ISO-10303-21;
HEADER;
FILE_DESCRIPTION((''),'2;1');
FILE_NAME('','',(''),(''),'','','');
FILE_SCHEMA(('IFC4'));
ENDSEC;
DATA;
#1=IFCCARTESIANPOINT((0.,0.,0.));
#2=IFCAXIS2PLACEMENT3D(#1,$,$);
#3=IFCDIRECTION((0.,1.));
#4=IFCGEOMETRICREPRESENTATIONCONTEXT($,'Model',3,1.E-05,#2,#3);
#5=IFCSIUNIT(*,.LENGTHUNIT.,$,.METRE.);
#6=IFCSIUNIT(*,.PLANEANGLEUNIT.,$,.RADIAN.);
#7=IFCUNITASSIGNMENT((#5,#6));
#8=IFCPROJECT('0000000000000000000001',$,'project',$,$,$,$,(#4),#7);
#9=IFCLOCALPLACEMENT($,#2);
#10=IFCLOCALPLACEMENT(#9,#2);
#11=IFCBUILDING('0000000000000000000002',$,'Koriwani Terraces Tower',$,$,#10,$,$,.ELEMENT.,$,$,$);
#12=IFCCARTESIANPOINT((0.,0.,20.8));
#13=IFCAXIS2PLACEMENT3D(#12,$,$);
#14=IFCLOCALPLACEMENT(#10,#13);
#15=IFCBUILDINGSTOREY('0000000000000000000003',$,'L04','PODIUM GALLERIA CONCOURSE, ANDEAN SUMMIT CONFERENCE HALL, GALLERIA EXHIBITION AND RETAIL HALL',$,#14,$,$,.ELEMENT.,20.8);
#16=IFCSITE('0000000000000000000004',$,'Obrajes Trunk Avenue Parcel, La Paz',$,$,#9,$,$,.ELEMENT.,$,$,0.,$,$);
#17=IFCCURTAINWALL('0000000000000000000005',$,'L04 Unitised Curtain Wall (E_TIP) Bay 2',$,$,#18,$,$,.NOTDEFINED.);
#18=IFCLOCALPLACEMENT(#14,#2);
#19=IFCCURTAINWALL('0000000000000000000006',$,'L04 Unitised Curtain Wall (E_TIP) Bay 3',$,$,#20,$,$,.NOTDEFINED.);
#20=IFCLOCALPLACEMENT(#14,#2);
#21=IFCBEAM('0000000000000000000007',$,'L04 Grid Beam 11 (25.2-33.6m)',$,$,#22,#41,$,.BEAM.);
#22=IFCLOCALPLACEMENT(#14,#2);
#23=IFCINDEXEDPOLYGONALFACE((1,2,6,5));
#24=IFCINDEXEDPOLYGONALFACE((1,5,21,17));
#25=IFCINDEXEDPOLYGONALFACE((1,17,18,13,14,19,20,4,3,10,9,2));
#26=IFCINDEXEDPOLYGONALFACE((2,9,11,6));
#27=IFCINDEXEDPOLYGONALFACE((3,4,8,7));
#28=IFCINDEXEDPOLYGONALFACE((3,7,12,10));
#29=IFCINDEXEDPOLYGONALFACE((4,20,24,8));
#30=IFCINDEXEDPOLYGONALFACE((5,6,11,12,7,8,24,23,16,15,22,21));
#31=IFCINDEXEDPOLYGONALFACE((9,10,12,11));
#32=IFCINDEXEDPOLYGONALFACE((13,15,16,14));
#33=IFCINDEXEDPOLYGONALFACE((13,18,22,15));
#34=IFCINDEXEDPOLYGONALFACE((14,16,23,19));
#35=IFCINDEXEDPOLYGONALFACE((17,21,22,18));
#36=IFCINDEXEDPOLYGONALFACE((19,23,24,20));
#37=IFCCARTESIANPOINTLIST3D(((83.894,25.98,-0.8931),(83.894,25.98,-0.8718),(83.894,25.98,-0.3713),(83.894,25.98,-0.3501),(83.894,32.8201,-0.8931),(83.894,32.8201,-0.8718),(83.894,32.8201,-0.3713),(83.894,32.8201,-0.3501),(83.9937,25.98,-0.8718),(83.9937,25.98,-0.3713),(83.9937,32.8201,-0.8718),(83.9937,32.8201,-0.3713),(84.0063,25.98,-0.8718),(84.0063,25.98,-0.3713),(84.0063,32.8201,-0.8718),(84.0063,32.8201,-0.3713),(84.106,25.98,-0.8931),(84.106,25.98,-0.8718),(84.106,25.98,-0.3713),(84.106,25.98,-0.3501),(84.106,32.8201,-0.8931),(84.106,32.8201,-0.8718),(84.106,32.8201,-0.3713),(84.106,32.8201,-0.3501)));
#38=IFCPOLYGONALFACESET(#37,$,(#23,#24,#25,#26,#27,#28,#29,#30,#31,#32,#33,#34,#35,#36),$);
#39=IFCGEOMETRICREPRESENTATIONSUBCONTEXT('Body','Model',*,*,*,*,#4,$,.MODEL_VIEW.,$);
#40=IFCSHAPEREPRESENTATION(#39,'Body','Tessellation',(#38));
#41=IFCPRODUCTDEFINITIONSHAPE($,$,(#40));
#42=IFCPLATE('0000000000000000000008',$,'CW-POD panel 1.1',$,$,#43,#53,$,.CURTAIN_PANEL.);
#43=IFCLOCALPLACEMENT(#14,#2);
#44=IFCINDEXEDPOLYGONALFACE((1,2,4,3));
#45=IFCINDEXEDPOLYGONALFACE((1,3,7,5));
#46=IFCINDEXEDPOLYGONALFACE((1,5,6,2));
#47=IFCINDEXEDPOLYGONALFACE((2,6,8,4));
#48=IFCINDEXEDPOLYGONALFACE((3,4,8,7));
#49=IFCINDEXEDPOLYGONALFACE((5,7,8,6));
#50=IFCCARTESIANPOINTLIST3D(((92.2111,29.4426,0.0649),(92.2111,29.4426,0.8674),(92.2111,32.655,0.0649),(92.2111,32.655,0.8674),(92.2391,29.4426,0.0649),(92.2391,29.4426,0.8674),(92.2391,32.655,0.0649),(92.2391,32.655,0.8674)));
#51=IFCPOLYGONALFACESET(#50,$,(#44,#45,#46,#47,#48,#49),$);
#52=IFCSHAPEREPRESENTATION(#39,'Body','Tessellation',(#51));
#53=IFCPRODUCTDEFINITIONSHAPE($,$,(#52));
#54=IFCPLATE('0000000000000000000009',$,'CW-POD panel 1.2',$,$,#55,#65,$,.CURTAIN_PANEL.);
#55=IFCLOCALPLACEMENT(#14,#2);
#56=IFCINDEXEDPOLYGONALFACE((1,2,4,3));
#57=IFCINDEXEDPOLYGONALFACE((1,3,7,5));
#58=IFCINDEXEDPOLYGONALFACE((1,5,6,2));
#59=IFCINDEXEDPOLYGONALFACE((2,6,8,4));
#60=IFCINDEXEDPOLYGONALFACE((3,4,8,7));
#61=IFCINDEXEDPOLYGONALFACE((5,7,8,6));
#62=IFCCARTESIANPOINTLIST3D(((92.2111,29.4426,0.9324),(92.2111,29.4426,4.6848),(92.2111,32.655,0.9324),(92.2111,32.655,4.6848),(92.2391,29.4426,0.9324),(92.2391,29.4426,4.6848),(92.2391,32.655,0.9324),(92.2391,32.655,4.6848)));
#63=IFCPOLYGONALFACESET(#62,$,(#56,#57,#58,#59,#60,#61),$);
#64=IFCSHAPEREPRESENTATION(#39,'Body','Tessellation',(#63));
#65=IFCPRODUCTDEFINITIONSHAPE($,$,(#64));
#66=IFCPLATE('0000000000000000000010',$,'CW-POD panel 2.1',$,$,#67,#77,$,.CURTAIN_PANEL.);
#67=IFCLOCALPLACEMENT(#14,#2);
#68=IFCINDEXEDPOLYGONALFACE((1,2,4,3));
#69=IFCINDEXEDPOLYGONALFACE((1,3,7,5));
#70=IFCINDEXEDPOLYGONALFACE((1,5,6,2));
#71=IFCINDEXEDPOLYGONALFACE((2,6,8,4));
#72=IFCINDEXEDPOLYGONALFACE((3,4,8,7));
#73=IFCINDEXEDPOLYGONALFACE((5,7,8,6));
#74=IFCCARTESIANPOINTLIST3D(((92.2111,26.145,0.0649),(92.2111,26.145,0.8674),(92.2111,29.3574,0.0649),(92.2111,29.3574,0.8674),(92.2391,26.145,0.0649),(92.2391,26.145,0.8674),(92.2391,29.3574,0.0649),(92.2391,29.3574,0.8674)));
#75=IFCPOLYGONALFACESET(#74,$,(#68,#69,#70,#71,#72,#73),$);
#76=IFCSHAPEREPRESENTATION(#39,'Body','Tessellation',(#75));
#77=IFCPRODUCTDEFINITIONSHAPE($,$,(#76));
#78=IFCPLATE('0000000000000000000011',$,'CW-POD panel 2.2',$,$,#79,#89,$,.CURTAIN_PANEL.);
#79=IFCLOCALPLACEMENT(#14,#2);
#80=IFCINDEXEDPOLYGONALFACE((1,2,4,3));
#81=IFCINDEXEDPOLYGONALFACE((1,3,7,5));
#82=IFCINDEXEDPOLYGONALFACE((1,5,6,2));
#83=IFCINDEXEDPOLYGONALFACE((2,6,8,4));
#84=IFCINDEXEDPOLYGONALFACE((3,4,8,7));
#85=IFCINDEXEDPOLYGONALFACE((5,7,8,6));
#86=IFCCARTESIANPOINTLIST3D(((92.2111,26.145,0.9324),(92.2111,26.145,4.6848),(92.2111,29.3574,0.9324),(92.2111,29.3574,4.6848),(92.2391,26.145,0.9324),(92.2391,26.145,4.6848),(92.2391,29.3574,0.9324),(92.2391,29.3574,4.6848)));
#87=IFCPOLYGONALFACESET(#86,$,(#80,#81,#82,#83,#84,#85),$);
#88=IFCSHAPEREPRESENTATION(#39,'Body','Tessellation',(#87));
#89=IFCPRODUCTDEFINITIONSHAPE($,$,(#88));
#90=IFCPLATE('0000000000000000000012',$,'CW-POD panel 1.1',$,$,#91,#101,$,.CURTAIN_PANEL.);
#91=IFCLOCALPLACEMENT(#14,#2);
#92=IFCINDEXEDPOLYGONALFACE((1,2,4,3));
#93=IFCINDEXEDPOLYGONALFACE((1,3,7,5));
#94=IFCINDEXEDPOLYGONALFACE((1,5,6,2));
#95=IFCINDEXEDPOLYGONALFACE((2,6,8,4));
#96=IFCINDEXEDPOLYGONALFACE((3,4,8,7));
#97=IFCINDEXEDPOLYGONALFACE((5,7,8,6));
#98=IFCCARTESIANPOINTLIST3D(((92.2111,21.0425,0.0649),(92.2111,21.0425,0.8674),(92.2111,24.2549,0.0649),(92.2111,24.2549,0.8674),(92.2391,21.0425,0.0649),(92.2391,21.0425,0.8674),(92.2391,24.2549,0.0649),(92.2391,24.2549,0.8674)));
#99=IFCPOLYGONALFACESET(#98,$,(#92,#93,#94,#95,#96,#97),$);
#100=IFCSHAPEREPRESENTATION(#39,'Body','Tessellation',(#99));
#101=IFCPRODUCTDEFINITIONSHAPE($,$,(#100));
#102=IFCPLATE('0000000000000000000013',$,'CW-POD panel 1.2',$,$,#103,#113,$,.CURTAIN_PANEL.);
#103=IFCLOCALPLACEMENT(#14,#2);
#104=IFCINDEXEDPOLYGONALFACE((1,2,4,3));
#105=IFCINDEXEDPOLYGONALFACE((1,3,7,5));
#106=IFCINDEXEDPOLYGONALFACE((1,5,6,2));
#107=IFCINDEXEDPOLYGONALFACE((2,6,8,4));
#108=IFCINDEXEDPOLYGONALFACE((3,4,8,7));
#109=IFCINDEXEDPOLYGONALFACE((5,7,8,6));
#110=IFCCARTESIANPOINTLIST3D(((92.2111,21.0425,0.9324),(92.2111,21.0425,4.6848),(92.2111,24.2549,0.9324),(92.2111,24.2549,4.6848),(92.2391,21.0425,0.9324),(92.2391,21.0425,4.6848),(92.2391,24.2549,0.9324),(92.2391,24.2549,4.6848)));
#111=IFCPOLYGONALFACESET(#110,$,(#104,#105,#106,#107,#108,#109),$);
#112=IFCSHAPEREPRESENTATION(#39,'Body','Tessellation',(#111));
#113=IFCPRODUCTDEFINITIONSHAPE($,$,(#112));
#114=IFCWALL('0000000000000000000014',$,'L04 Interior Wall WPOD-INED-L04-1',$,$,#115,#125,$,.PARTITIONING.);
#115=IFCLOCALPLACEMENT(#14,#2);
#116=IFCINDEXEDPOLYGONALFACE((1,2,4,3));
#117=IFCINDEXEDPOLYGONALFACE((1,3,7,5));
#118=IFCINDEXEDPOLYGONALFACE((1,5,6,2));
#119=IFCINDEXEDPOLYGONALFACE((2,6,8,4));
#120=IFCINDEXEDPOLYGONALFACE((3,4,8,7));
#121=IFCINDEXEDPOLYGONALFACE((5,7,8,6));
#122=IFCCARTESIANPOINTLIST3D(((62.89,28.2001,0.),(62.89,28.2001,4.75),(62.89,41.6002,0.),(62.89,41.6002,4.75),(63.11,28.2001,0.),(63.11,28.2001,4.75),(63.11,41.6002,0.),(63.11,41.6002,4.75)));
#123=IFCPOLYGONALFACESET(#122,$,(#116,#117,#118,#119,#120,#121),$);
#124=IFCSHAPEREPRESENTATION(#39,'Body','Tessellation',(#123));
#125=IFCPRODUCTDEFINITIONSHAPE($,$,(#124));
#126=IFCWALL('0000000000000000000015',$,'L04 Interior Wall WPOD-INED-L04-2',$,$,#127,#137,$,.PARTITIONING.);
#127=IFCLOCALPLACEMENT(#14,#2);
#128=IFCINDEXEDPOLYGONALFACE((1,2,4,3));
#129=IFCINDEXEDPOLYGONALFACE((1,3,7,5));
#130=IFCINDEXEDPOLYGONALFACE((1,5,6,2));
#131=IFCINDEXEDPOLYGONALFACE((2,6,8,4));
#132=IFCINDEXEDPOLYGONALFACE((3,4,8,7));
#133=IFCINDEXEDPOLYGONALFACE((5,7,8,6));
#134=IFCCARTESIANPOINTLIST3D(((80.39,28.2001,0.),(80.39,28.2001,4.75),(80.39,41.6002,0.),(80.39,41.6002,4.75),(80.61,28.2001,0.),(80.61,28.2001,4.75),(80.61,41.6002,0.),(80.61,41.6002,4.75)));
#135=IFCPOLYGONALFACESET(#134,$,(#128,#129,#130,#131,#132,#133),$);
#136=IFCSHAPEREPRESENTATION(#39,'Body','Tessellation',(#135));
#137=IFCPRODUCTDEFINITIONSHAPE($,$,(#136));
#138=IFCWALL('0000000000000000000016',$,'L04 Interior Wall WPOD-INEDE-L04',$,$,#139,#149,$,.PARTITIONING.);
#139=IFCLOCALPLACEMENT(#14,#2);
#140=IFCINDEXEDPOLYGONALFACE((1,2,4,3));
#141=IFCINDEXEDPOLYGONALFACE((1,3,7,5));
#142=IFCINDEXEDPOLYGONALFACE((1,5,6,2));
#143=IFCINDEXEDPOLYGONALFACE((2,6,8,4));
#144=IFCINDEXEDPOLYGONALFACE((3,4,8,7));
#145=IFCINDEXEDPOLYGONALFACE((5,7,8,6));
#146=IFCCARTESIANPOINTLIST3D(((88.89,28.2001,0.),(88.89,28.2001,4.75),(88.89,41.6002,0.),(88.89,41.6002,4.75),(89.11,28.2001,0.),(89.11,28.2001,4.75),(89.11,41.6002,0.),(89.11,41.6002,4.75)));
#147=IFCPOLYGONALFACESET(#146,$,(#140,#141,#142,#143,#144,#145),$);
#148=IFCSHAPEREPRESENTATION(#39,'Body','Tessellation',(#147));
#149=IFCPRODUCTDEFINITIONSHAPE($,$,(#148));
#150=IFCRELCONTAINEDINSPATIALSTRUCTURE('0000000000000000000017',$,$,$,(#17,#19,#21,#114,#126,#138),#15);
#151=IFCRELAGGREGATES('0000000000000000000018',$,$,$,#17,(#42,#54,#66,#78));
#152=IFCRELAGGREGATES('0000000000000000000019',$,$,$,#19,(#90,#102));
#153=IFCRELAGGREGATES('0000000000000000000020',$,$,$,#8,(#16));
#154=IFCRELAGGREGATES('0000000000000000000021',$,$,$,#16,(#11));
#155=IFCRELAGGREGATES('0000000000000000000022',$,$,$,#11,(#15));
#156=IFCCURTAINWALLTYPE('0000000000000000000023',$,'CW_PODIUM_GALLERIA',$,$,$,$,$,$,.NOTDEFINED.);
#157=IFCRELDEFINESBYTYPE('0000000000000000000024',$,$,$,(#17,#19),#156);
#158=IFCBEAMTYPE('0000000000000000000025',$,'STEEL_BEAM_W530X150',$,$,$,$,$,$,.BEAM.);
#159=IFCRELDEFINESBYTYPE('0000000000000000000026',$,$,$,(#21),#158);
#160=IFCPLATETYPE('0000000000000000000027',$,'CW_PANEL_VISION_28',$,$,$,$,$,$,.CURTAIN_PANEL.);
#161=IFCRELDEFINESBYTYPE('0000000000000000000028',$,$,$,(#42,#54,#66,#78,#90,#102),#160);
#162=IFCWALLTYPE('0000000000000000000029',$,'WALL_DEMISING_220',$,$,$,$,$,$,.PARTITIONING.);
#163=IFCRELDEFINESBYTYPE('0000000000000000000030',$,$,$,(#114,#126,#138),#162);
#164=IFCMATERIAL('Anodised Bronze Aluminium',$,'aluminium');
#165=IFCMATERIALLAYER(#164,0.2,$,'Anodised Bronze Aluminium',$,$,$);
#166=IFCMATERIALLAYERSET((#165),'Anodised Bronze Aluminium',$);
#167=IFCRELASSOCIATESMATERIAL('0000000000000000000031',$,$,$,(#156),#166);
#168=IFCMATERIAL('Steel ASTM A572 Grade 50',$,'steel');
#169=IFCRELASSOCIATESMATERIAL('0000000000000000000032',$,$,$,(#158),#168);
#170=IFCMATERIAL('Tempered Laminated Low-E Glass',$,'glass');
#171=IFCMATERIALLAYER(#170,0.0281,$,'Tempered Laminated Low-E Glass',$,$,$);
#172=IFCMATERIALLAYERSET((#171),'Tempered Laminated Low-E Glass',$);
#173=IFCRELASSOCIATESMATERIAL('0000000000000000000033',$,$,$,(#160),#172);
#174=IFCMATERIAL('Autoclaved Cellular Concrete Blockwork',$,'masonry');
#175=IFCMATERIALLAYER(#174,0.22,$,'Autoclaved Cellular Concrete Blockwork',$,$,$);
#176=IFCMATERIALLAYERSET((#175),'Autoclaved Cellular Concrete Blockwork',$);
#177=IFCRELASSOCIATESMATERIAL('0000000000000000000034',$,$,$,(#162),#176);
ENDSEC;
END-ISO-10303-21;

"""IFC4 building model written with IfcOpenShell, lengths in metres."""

from ifc_helpers import new_model, si_unit, direction, frame, frame_2d, origin, origin_2d, place, context, subcontext, project, spatial, rectangle, i_section, extrude, material, layer, layer_set, material_profile, profile_set, type_object, element, aggregate, save


model = new_model("IFC4")

# Units and contexts
model_context = context("Model", 3, precision=1e-05, world=origin(), true_north=direction((0.0, 1.0)))
body_context = subcontext(model_context, "Body", "Model", "MODEL_VIEW")
ifc_project = project(units=[si_unit("LENGTHUNIT", "METRE"), si_unit("PLANEANGLEUNIT", "RADIAN")], contexts=[model_context])

# Site, building, storey
site_placement = place(None, origin())
site = spatial("IfcSite", under=ifc_project, at=site_placement, Name="Obrajes Trunk Avenue Parcel, La Paz", CompositionType="ELEMENT", RefElevation=0.0)
building_placement = place(site_placement, origin())
building = spatial("IfcBuilding", under=site, at=building_placement, Name="Koriwani Terraces Tower", CompositionType="ELEMENT")
storey_placement = place(building_placement, frame((0.0, 0.0, 20.8)))
storey = spatial("IfcBuildingStorey", under=building, at=storey_placement, Name="L04", Description="PODIUM GALLERIA CONCOURSE, ANDEAN SUMMIT CONFERENCE HALL, GALLERIA EXHIBITION AND RETAIL HALL", CompositionType="ELEMENT", Elevation=20.8)

# Curtain wall
ifc_material_1 = material(Name="Anodised Bronze Aluminium", Category="aluminium")
ifc_layer_1 = layer(ifc_material_1, 0.2, Name="Anodised Bronze Aluminium")
ifc_layer_set_1 = layer_set([ifc_layer_1], Name="Anodised Bronze Aluminium")
curtain_wall_type = type_object("IfcCurtainWallType", Name="CW_PODIUM_GALLERIA", PredefinedType="NOTDEFINED", material=ifc_layer_set_1)
curtain_wall_1_placement = place(storey_placement, origin())
curtain_wall_1 = element("IfcCurtainWall", 1, at=curtain_wall_1_placement, inside=storey, type_object=curtain_wall_type, Name="L04 Unitised Curtain Wall (E_TIP) Bay 2", PredefinedType="NOTDEFINED")

# Curtain wall
curtain_wall_2_placement = place(storey_placement, origin())
curtain_wall_2 = element("IfcCurtainWall", 2, at=curtain_wall_2_placement, inside=storey, type_object=curtain_wall_type, Name="L04 Unitised Curtain Wall (E_TIP) Bay 3", PredefinedType="NOTDEFINED")

# Beam
ifc_material_2 = material(Name="Steel ASTM A572 Grade 50", Category="steel")
ifc_material_profile_1 = material_profile(ifc_material_2, i_section(OverallWidth=0.2119, OverallDepth=0.543, WebThickness=0.0127, FlangeThickness=0.0212, at=origin_2d()), Name="Steel ASTM A572 Grade 50", Category="LoadBearing")
ifc_profile_set_1 = profile_set([ifc_material_profile_1], Name="Steel ASTM A572 Grade 50")
beam_type_1 = type_object("IfcBeamType", Name="STEEL_BEAM_W530X150", PredefinedType="BEAM", material=ifc_profile_set_1)
for number, where, z_axis, x_axis, name in (
    (3, (84.0, 25.98, -0.6216), (0.0, 1.0, 0.0), (-1.0, 0.0, 0.0), "L04 Grid Beam 11 (25.2-33.6m)"),
):
    element("IfcBeam", number, at=place(storey_placement, frame(where, z_axis=z_axis, x_axis=x_axis)), inside=storey, type_object=beam_type_1, Name=name, PredefinedType="BEAM", context=body_context, shape_type="SweptSolid", body=[
        extrude(i_section(OverallWidth=0.2119, OverallDepth=0.543, WebThickness=0.0127, FlangeThickness=0.0212, at=origin_2d()), origin(), (0.0, 0.0, 1.0), 6.8401),
    ])

# Plates
ifc_material_3 = material(Name="Tempered Laminated Low-E Glass", Category="glass")
ifc_layer_2 = layer(ifc_material_3, 0.0281, Name="Tempered Laminated Low-E Glass")
ifc_layer_set_2 = layer_set([ifc_layer_2], Name="Tempered Laminated Low-E Glass")
plate_type = type_object("IfcPlateType", Name="CW_PANEL_VISION_28", PredefinedType="CURTAIN_PANEL", material=ifc_layer_set_2)
plate_1_placement = place(storey_placement, frame((92.2251, 31.0488, 0.0649), z_axis=(0.0, 0.0, 1.0), x_axis=(0.0, -1.0, 0.0)))
plate_1 = element("IfcPlate", 4, at=plate_1_placement, type_object=plate_type, Name="CW-POD panel 1.1", PredefinedType="CURTAIN_PANEL", context=body_context, shape_type="SweptSolid", body=[
    extrude(rectangle(XDim=3.2124, YDim=0.0281, at=origin_2d()), origin(), (0.0, 0.0, 1.0), 0.8025),
])
plate_2_placement = place(storey_placement, frame((92.2251, 31.0488, 0.9324), z_axis=(0.0, 0.0, 1.0), x_axis=(0.0, -1.0, 0.0)))
plate_2 = element("IfcPlate", 5, at=plate_2_placement, type_object=plate_type, Name="CW-POD panel 1.2", PredefinedType="CURTAIN_PANEL", context=body_context, shape_type="SweptSolid", body=[
    extrude(rectangle(XDim=3.2124, YDim=0.0281, at=origin_2d()), origin(), (0.0, 0.0, 1.0), 3.7524),
])
plate_3_placement = place(storey_placement, frame((92.2251, 27.7512, 0.0649), z_axis=(0.0, 0.0, 1.0), x_axis=(0.0, -1.0, 0.0)))
plate_3 = element("IfcPlate", 6, at=plate_3_placement, type_object=plate_type, Name="CW-POD panel 2.1", PredefinedType="CURTAIN_PANEL", context=body_context, shape_type="SweptSolid", body=[
    extrude(rectangle(XDim=3.2124, YDim=0.0281, at=origin_2d()), origin(), (0.0, 0.0, 1.0), 0.8025),
])
plate_4_placement = place(storey_placement, frame((92.2251, 27.7512, 0.9324), z_axis=(0.0, 0.0, 1.0), x_axis=(0.0, -1.0, 0.0)))
plate_4 = element("IfcPlate", 7, at=plate_4_placement, type_object=plate_type, Name="CW-POD panel 2.2", PredefinedType="CURTAIN_PANEL", context=body_context, shape_type="SweptSolid", body=[
    extrude(rectangle(XDim=3.2124, YDim=0.0281, at=origin_2d()), origin(), (0.0, 0.0, 1.0), 3.7524),
])
aggregate(curtain_wall_1, [plate_1, plate_2, plate_3, plate_4])
plate_5_placement = place(storey_placement, frame((92.2251, 22.6487, 0.0649), z_axis=(0.0, 0.0, 1.0), x_axis=(0.0, -1.0, 0.0)))
plate_5 = element("IfcPlate", 8, at=plate_5_placement, type_object=plate_type, Name="CW-POD panel 1.1", PredefinedType="CURTAIN_PANEL", context=body_context, shape_type="SweptSolid", body=[
    extrude(rectangle(XDim=3.2124, YDim=0.0281, at=origin_2d()), origin(), (0.0, 0.0, 1.0), 0.8025),
])
plate_6_placement = place(storey_placement, frame((92.2251, 22.6487, 0.9324), z_axis=(0.0, 0.0, 1.0), x_axis=(0.0, -1.0, 0.0)))
plate_6 = element("IfcPlate", 9, at=plate_6_placement, type_object=plate_type, Name="CW-POD panel 1.2", PredefinedType="CURTAIN_PANEL", context=body_context, shape_type="SweptSolid", body=[
    extrude(rectangle(XDim=3.2124, YDim=0.0281, at=origin_2d()), origin(), (0.0, 0.0, 1.0), 3.7524),
])
aggregate(curtain_wall_2, [plate_5, plate_6])

# Walls
ifc_material_4 = material(Name="Autoclaved Cellular Concrete Blockwork", Category="masonry")
ifc_layer_3 = layer(ifc_material_4, 0.22, Name="Autoclaved Cellular Concrete Blockwork")
ifc_layer_set_3 = layer_set([ifc_layer_3], Name="Autoclaved Cellular Concrete Blockwork")
wall_type = type_object("IfcWallType", Name="WALL_DEMISING_220", PredefinedType="PARTITIONING", material=ifc_layer_set_3)
for number, where, z_axis, x_axis, name in (
    (10, (63.0, 28.2, 0.0), (0.0, 0.0, 1.0), (0.0, 1.0, 0.0), "L04 Interior Wall WPOD-INED-L04-1"),
    (11, (80.5, 28.2, 0.0), (0.0, 0.0, 1.0), (0.0, 1.0, 0.0), "L04 Interior Wall WPOD-INED-L04-2"),
    (12, (89.0, 28.2, 0.0), (0.0, 0.0, 1.0), (0.0, 1.0, 0.0), "L04 Interior Wall WPOD-INEDE-L04"),
):
    element("IfcWall", number, at=place(storey_placement, frame(where, z_axis=z_axis, x_axis=x_axis)), inside=storey, type_object=wall_type, Name=name, PredefinedType="PARTITIONING", context=body_context, shape_type="SweptSolid", body=[
        extrude(rectangle(XDim=13.4001, YDim=0.22, at=frame_2d((6.7002, 0.0))), origin(), (0.0, 0.0, 1.0), 4.75),
    ])

save(model, "model.ifc")
